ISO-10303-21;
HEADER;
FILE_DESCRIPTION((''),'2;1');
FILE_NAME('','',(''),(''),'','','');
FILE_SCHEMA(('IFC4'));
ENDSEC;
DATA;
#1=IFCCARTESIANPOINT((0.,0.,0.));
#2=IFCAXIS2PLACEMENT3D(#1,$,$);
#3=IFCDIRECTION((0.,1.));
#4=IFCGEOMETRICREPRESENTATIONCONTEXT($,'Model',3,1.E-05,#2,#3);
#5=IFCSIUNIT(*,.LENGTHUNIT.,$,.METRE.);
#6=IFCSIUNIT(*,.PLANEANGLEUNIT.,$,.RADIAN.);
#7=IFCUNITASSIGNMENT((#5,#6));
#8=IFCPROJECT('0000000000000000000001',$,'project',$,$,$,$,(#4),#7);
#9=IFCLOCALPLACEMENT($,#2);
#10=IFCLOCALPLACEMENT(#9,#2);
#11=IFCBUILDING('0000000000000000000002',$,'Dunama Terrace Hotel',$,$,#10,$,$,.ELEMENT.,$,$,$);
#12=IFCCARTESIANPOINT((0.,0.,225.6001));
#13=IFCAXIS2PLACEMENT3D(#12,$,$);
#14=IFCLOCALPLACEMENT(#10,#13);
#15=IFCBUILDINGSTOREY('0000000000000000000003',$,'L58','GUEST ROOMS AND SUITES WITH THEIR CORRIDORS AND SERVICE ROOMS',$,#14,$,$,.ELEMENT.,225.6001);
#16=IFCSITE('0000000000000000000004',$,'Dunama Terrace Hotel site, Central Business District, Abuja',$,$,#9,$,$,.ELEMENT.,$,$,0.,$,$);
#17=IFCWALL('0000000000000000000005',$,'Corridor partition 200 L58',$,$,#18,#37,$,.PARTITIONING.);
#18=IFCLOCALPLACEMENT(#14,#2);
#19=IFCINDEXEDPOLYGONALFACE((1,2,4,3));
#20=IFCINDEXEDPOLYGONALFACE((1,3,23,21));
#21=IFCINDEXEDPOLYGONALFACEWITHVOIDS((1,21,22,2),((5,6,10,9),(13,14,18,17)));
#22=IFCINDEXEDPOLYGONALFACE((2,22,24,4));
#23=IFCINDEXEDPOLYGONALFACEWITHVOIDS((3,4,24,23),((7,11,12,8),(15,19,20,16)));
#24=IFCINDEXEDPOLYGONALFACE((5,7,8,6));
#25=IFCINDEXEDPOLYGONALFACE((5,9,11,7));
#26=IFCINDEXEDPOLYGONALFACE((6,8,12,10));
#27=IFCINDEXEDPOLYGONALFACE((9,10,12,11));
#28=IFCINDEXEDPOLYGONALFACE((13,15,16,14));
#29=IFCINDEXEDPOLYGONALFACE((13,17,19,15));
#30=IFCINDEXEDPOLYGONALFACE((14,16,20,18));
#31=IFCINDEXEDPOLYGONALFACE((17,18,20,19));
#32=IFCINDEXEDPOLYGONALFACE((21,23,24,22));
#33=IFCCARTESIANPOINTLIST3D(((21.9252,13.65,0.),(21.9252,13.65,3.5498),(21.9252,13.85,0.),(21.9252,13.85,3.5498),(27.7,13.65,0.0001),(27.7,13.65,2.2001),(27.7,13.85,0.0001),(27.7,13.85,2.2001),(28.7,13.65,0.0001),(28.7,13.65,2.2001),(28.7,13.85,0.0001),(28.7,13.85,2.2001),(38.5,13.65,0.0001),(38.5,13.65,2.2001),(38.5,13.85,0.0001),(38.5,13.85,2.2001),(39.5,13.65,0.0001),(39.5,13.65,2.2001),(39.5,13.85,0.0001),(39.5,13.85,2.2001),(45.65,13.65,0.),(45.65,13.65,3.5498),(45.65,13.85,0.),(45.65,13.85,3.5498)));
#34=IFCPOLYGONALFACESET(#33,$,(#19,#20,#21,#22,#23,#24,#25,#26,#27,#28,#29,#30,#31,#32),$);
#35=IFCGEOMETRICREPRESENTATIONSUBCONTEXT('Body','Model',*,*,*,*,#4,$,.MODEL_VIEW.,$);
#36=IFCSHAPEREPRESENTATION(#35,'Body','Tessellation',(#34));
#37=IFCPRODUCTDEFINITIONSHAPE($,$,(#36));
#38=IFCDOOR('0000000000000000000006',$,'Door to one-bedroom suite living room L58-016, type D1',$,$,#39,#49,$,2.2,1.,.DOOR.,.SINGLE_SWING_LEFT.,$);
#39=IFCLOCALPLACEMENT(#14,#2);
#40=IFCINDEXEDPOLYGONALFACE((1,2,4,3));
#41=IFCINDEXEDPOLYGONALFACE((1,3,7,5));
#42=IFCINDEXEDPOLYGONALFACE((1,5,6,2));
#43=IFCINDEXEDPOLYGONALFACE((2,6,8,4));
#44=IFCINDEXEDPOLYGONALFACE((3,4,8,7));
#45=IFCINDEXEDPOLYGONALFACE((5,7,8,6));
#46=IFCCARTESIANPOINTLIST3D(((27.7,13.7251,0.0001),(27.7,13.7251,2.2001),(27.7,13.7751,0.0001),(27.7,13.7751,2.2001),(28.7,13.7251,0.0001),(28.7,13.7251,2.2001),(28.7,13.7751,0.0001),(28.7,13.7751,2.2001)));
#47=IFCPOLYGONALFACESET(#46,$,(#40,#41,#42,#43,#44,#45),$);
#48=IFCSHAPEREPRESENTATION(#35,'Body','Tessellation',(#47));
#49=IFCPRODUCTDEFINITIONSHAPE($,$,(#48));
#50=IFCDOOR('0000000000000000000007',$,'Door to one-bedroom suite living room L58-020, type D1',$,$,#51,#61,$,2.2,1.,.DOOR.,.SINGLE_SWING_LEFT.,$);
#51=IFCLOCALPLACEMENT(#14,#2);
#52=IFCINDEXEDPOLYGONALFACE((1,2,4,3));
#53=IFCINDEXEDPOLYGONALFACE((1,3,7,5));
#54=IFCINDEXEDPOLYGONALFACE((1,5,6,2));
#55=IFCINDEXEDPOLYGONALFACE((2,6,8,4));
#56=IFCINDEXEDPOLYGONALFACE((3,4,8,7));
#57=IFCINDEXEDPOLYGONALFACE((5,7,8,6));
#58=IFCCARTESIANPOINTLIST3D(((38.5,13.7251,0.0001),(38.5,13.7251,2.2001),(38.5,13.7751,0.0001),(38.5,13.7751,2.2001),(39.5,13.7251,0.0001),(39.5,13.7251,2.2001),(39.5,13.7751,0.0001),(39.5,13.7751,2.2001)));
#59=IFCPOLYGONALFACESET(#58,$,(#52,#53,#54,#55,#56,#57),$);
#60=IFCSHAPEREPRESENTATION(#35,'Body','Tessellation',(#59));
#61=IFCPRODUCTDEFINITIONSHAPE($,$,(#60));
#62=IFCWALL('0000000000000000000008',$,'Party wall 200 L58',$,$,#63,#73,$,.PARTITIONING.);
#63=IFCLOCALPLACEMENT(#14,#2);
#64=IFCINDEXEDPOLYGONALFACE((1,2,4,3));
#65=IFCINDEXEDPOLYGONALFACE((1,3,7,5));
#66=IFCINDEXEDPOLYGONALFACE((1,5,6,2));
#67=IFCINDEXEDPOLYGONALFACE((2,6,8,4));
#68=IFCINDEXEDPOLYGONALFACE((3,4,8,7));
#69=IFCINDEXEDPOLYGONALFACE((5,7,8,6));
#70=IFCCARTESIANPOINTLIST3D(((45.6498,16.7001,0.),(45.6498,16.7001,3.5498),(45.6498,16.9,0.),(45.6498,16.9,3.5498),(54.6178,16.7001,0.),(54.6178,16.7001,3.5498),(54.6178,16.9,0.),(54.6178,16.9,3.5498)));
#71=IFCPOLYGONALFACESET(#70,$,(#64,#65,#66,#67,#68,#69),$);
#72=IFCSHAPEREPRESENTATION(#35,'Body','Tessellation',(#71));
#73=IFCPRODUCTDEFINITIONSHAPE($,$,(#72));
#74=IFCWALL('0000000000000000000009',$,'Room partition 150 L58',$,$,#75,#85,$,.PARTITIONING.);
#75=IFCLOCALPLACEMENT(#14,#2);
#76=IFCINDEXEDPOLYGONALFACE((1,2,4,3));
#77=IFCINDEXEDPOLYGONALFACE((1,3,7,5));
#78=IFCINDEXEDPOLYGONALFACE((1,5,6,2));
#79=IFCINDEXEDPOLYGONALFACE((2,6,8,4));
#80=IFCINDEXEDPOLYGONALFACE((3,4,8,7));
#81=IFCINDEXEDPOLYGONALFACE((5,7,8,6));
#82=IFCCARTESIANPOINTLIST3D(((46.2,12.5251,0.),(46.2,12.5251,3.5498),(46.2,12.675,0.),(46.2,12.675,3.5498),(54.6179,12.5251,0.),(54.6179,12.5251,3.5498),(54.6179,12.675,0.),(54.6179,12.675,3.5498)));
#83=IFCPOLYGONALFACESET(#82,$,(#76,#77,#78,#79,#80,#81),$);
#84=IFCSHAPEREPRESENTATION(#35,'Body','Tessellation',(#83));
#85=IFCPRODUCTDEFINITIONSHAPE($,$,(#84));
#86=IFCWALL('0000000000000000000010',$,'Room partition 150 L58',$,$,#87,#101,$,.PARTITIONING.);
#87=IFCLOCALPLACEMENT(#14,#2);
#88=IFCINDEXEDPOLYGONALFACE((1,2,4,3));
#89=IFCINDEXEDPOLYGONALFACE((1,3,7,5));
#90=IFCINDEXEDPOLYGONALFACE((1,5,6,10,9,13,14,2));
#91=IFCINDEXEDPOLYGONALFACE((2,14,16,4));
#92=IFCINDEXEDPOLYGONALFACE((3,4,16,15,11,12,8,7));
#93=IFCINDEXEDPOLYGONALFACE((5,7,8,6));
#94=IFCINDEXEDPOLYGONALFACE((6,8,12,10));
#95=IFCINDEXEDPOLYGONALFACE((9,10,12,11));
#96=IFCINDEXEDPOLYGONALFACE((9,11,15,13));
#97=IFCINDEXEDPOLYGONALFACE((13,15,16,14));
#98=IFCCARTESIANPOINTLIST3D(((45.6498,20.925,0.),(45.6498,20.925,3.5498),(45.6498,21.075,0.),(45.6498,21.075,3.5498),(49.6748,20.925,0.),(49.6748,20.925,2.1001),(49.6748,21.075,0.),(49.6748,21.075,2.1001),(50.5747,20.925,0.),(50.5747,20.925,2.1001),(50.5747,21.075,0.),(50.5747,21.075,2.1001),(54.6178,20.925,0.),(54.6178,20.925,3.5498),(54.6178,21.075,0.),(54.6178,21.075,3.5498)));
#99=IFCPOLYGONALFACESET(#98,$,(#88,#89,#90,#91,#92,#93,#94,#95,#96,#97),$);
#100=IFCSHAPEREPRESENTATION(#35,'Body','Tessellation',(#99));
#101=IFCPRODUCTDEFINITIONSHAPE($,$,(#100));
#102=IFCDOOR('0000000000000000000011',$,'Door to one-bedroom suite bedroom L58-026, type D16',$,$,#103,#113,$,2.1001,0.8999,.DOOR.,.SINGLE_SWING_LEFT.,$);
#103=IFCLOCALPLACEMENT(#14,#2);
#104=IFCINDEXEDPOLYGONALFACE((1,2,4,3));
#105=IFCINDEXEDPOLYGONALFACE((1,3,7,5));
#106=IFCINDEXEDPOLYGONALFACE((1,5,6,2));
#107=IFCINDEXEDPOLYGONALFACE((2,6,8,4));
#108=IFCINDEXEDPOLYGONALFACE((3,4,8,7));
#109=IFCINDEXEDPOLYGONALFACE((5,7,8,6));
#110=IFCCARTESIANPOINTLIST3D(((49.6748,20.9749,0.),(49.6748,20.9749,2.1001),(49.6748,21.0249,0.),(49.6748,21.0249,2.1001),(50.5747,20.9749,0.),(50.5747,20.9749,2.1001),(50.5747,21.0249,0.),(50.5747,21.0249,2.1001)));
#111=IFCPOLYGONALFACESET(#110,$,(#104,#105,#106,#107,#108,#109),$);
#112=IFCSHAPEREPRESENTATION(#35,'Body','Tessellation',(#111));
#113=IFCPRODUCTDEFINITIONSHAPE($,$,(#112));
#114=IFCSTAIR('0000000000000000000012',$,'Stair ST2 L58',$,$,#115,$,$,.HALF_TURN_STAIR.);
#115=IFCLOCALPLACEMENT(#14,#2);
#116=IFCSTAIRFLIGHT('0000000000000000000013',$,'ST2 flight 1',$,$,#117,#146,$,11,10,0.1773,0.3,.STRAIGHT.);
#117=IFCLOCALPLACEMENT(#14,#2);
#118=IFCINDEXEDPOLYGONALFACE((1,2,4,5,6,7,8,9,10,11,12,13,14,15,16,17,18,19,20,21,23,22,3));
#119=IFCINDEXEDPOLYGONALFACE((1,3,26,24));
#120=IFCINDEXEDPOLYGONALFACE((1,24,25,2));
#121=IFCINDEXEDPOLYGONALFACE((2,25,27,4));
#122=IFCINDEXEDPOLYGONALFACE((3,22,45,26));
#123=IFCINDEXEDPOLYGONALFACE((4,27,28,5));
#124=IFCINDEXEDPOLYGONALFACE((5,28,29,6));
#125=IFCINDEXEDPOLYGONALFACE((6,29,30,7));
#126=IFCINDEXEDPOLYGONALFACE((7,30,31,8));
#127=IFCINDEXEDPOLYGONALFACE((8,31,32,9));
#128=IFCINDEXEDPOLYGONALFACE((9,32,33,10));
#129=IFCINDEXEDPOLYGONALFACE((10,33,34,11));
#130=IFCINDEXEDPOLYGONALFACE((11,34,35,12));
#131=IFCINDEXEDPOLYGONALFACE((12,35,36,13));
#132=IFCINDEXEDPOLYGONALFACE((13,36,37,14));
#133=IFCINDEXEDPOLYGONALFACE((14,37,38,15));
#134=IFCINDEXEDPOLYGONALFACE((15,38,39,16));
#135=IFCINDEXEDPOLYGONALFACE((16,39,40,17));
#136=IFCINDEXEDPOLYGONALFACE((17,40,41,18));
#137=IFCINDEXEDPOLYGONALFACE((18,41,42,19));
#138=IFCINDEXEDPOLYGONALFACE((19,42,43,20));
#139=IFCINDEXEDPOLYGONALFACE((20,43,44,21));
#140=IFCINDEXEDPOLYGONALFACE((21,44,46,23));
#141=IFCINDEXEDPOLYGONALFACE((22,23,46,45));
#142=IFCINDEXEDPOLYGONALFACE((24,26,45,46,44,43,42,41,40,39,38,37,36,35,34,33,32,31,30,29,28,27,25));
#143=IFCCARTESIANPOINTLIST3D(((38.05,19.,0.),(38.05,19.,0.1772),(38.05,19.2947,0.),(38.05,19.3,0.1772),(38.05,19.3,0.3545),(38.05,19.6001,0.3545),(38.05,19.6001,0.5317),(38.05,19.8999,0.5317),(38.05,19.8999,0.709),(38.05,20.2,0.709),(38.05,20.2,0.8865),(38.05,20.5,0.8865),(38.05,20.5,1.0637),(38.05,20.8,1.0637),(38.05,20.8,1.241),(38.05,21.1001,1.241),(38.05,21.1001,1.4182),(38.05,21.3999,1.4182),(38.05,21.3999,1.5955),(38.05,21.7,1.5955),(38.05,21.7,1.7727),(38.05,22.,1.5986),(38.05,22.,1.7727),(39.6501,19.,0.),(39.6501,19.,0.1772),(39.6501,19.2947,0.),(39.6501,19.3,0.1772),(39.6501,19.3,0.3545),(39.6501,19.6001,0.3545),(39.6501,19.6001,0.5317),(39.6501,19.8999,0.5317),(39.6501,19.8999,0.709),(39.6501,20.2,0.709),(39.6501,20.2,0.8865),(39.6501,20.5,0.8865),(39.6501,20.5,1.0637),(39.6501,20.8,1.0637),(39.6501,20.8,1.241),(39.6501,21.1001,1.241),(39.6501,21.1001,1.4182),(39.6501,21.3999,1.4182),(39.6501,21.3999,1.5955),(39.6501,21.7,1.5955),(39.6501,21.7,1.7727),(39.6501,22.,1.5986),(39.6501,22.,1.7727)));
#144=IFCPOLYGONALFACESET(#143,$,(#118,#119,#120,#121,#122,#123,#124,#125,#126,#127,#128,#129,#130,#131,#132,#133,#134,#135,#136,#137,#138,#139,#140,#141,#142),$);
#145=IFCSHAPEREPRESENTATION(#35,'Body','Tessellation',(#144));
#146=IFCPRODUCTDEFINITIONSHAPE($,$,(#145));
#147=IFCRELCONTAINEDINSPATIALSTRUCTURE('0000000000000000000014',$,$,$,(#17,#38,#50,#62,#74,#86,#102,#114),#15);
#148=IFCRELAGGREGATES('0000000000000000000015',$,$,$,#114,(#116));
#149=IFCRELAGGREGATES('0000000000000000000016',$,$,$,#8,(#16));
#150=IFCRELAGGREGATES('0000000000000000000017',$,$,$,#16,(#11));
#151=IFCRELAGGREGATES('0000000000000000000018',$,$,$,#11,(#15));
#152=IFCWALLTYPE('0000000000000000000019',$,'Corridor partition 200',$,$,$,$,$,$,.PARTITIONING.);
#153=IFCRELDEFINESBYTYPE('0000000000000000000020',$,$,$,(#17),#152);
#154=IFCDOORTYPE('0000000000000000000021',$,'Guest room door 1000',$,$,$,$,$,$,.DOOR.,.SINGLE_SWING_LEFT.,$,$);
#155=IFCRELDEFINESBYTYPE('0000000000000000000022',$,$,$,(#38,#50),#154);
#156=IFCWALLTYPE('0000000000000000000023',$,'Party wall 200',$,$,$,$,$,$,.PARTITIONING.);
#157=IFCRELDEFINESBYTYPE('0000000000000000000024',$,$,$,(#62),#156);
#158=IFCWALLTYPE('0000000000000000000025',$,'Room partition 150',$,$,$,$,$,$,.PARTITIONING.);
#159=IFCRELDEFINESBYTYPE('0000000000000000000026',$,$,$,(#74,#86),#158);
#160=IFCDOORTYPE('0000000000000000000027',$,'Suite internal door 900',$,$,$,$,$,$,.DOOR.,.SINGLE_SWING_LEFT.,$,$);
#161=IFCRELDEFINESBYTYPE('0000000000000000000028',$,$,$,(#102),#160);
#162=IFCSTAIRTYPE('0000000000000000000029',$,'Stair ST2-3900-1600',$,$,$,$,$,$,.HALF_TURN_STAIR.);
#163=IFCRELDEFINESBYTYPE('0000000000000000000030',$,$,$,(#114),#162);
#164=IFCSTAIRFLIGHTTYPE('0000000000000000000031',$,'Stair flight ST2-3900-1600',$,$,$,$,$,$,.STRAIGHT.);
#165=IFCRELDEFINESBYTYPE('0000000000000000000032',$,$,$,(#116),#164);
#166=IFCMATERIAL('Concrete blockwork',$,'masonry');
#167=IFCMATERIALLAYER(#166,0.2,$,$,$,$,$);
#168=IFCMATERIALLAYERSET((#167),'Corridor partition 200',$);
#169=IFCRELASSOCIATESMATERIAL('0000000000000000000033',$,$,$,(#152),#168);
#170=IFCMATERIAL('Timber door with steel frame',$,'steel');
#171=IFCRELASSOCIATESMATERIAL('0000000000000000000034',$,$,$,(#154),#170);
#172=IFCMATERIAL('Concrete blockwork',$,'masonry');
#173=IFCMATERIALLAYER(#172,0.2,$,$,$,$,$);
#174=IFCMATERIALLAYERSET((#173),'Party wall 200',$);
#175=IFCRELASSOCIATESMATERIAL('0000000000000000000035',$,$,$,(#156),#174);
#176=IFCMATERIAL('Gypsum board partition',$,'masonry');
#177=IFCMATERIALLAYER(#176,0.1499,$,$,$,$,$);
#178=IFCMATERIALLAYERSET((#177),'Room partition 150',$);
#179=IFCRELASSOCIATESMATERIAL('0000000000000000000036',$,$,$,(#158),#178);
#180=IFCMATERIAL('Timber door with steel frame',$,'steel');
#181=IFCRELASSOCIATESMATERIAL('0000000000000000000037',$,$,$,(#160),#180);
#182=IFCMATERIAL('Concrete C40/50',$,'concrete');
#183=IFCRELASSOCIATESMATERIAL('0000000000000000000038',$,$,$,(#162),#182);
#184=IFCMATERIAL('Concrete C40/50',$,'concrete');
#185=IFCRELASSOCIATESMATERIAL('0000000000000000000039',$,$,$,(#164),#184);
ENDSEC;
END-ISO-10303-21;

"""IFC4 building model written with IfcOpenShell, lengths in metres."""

from ifc_helpers import new_model, si_unit, direction, frame, frame_2d, origin, place, context, subcontext, project, spatial, polyline, rectangle, outline, extrude, material, layer, layer_set, type_object, element, fill, aggregate, save


model = new_model("IFC4")

# Units and contexts
model_context = context("Model", 3, precision=1e-05, world=origin(), true_north=direction((0.0, 1.0)))
body_context = subcontext(model_context, "Body", "Model", "MODEL_VIEW")
ifc_project = project(units=[si_unit("LENGTHUNIT", "METRE"), si_unit("PLANEANGLEUNIT", "RADIAN")], contexts=[model_context])

# Site, building, storey
site_placement = place(None, origin())
site = spatial("IfcSite", under=ifc_project, at=site_placement, Name="Dunama Terrace Hotel site, Central Business District, Abuja", CompositionType="ELEMENT", RefElevation=0.0)
building_placement = place(site_placement, origin())
building = spatial("IfcBuilding", under=site, at=building_placement, Name="Dunama Terrace Hotel", CompositionType="ELEMENT")
storey_placement = place(building_placement, frame((0.0, 0.0, 225.6001)))
storey = spatial("IfcBuildingStorey", under=building, at=storey_placement, Name="L58", Description="GUEST ROOMS AND SUITES WITH THEIR CORRIDORS AND SERVICE ROOMS", CompositionType="ELEMENT", Elevation=225.6001)

# Wall, openings, doors
ifc_material_1 = material(Name="Concrete blockwork", Category="masonry")
ifc_layer_1 = layer(ifc_material_1, 0.2)
ifc_layer_set_1 = layer_set([ifc_layer_1], Name="Corridor partition 200")
wall_type_1 = type_object("IfcWallType", Name="Corridor partition 200", PredefinedType="PARTITIONING", material=ifc_layer_set_1)
ifc_material_2 = material(Name="Timber door with steel frame", Category="steel")
door_type_1 = type_object("IfcDoorType", Name="Guest room door 1000", OperationType="SINGLE_SWING_LEFT", PredefinedType="DOOR", material=ifc_material_2)
wall_1_placement = place(storey_placement, frame((45.6499, 13.75, 0.0), z_axis=(0.0, 0.0, 1.0), x_axis=(-1.0, 0.0, 0.0)))
wall_1 = element("IfcWall", 1, at=wall_1_placement, inside=storey, type_object=wall_type_1, Name="Corridor partition 200 L58", PredefinedType="PARTITIONING", context=body_context, shape_type="SweptSolid", body=[
    extrude(rectangle(XDim=23.7249, YDim=0.2, at=frame_2d((11.8623, 0.0))), origin(), (0.0, 0.0, 1.0), 3.5498),
])
opening_1_placement = place(wall_1_placement, frame((16.95, 0.0, 0.0)))
opening_1 = element("IfcOpeningElement", 2, at=opening_1_placement, cuts=wall_1, PredefinedType="OPENING", context=body_context, shape_type="SweptSolid", body=[
    extrude(rectangle(XDim=1.0, YDim=2.2, at=frame_2d((0.5, 1.1001))), frame((0.0, 0.1099, 0.0), z_axis=(0.0, -1.0, 0.0), x_axis=(1.0, 0.0, 0.0)), (0.0, 0.0, 1.0), 0.22),
])
opening_2_placement = place(wall_1_placement, frame((6.1499, 0.0, 0.0)))
opening_2 = element("IfcOpeningElement", 3, at=opening_2_placement, cuts=wall_1, PredefinedType="OPENING", context=body_context, shape_type="SweptSolid", body=[
    extrude(rectangle(XDim=1.0, YDim=2.2, at=frame_2d((0.5, 1.1001))), frame((0.0, 0.1099, 0.0), z_axis=(0.0, -1.0, 0.0), x_axis=(1.0, 0.0, 0.0)), (0.0, 0.0, 1.0), 0.22),
])
door_1_placement = place(opening_1_placement, origin())
door_1 = element("IfcDoor", 4, at=door_1_placement, inside=storey, type_object=door_type_1, Name="Door to one-bedroom suite living room L58-016, type D1", OperationType="SINGLE_SWING_LEFT", OverallHeight=2.2, OverallWidth=1.0, PredefinedType="DOOR", context=body_context, shape_type="SweptSolid", body=[
    extrude(rectangle(XDim=1.0, YDim=2.2, at=frame_2d((0.5, 1.1001))), frame((0.0, 0.0249, 0.0), z_axis=(0.0, -1.0, 0.0), x_axis=(1.0, 0.0, 0.0)), (0.0, 0.0, 1.0), 0.05),
])
fill(opening_1, door_1)
door_2_placement = place(opening_2_placement, origin())
door_2 = element("IfcDoor", 5, at=door_2_placement, inside=storey, type_object=door_type_1, Name="Door to one-bedroom suite living room L58-020, type D1", OperationType="SINGLE_SWING_LEFT", OverallHeight=2.2, OverallWidth=1.0, PredefinedType="DOOR", context=body_context, shape_type="SweptSolid", body=[
    extrude(rectangle(XDim=1.0, YDim=2.2, at=frame_2d((0.5, 1.1001))), frame((0.0, 0.0249, 0.0), z_axis=(0.0, -1.0, 0.0), x_axis=(1.0, 0.0, 0.0)), (0.0, 0.0, 1.0), 0.05),
])
fill(opening_2, door_2)

# Walls
ifc_material_3 = material(Name="Concrete blockwork", Category="masonry")
ifc_layer_2 = layer(ifc_material_3, 0.2)
ifc_layer_set_2 = layer_set([ifc_layer_2], Name="Party wall 200")
wall_type_2 = type_object("IfcWallType", Name="Party wall 200", PredefinedType="PARTITIONING", material=ifc_layer_set_2)
wall_2_placement = place(storey_placement, frame((45.6499, 16.8, 0.0), z_axis=(0.0, 0.0, 1.0), x_axis=(1.0, 0.0, 0.0)))
element("IfcWall", 6, at=wall_2_placement, inside=storey, type_object=wall_type_2, Name="Party wall 200 L58", PredefinedType="PARTITIONING", context=body_context, shape_type="SweptSolid", body=[
    extrude(rectangle(XDim=8.968, YDim=0.2, at=frame_2d((4.4839, 0.0))), origin(), (0.0, 0.0, 1.0), 3.5498),
])
ifc_material_4 = material(Name="Gypsum board partition", Category="masonry")
ifc_layer_3 = layer(ifc_material_4, 0.1499)
ifc_layer_set_3 = layer_set([ifc_layer_3], Name="Room partition 150")
wall_type_3 = type_object("IfcWallType", Name="Room partition 150", PredefinedType="PARTITIONING", material=ifc_layer_set_3)
wall_3_placement = place(storey_placement, frame((46.2, 12.6001, 0.0), z_axis=(0.0, 0.0, 1.0), x_axis=(1.0, 0.0, 0.0)))
element("IfcWall", 7, at=wall_3_placement, inside=storey, type_object=wall_type_3, Name="Room partition 150 L58", PredefinedType="PARTITIONING", context=body_context, shape_type="SweptSolid", body=[
    extrude(rectangle(XDim=8.418, YDim=0.1499, at=frame_2d((4.209, 0.0))), origin(), (0.0, 0.0, 1.0), 3.5498),
])

# Wall, opening, door
wall_4_placement = place(storey_placement, frame((45.6499, 21.0, 0.0), z_axis=(0.0, 0.0, 1.0), x_axis=(1.0, 0.0, 0.0)))
wall_4 = element("IfcWall", 8, at=wall_4_placement, inside=storey, type_object=wall_type_3, Name="Room partition 150 L58", PredefinedType="PARTITIONING", context=body_context, shape_type="SweptSolid", body=[
    extrude(rectangle(XDim=8.968, YDim=0.1499, at=frame_2d((4.4839, 0.0))), origin(), (0.0, 0.0, 1.0), 3.5498),
])
opening_3_placement = place(wall_4_placement, frame((4.0249, 0.0, 0.0)))
opening_3 = element("IfcOpeningElement", 9, at=opening_3_placement, cuts=wall_4, PredefinedType="OPENING", context=body_context, shape_type="SweptSolid", body=[
    extrude(rectangle(XDim=0.8999, YDim=2.1001, at=frame_2d((0.45, 1.05))), frame((0.0, 0.085, 0.0), z_axis=(0.0, -1.0, 0.0), x_axis=(1.0, 0.0, 0.0)), (0.0, 0.0, 1.0), 0.1699),
])
ifc_material_5 = material(Name="Timber door with steel frame", Category="steel")
door_type_2 = type_object("IfcDoorType", Name="Suite internal door 900", OperationType="SINGLE_SWING_LEFT", PredefinedType="DOOR", material=ifc_material_5)
door_3_placement = place(opening_3_placement, origin())
door_3 = element("IfcDoor", 10, at=door_3_placement, inside=storey, type_object=door_type_2, Name="Door to one-bedroom suite bedroom L58-026, type D16", OperationType="SINGLE_SWING_LEFT", OverallHeight=2.1001, OverallWidth=0.8999, PredefinedType="DOOR", context=body_context, shape_type="SweptSolid", body=[
    extrude(rectangle(XDim=0.8999, YDim=2.1001, at=frame_2d((0.45, 1.05))), frame((0.0, 0.0249, 0.0), z_axis=(0.0, -1.0, 0.0), x_axis=(1.0, 0.0, 0.0)), (0.0, 0.0, 1.0), 0.05),
])
fill(opening_3, door_3)

# Stair, stair flight
ifc_material_6 = material(Name="Concrete C40/50", Category="concrete")
stair_type = type_object("IfcStairType", Name="Stair ST2-3900-1600", PredefinedType="HALF_TURN_STAIR", material=ifc_material_6)
stair_placement = place(storey_placement, origin())
stair = element("IfcStair", 11, at=stair_placement, inside=storey, type_object=stair_type, Name="Stair ST2 L58", PredefinedType="HALF_TURN_STAIR")
ifc_material_7 = material(Name="Concrete C40/50", Category="concrete")
stair_flight_type = type_object("IfcStairFlightType", Name="Stair flight ST2-3900-1600", PredefinedType="STRAIGHT", material=ifc_material_7)
stair_flight_1_placement = place(storey_placement, frame((38.8501, 19.0, 0.0), z_axis=(0.0, 0.0, 1.0), x_axis=(0.0, 1.0, 0.0)))
stair_flight_1 = element("IfcStairFlight", 12, at=stair_flight_1_placement, type_object=stair_flight_type, Name="ST2 flight 1", NumberOfRisers=11, NumberOfTreads=10, PredefinedType="STRAIGHT", RiserHeight=0.1773, TreadLength=0.3, context=body_context, shape_type="SweptSolid", body=[
    extrude(outline(polyline([(0.0, 0.0), (0.0, 0.1772), (0.3, 0.1772), (0.3, 0.3545), (0.6001, 0.3545), (0.6001, 0.5317), (0.8999, 0.5317), (0.8999, 0.709), (1.2, 0.709), (1.2, 0.8865), (1.5, 0.8865), (1.5, 1.0637), (1.8, 1.0637), (1.8, 1.241), (2.1001, 1.241), (2.1001, 1.4182), (2.3999, 1.4182), (2.3999, 1.5955), (2.7, 1.5955), (2.7, 1.7727), (3.0, 1.7727), (3.0, 1.95), (3.0, 1.5986), (0.2947, 0.0), (0.0, 0.0)])), frame((0.0, 0.8, 0.0), z_axis=(0.0, -1.0, 0.0), x_axis=(1.0, 0.0, 0.0)), (0.0, 0.0, 1.0), 1.6001),
])
aggregate(stair, [stair_flight_1])

save(model, "model.ifc")
